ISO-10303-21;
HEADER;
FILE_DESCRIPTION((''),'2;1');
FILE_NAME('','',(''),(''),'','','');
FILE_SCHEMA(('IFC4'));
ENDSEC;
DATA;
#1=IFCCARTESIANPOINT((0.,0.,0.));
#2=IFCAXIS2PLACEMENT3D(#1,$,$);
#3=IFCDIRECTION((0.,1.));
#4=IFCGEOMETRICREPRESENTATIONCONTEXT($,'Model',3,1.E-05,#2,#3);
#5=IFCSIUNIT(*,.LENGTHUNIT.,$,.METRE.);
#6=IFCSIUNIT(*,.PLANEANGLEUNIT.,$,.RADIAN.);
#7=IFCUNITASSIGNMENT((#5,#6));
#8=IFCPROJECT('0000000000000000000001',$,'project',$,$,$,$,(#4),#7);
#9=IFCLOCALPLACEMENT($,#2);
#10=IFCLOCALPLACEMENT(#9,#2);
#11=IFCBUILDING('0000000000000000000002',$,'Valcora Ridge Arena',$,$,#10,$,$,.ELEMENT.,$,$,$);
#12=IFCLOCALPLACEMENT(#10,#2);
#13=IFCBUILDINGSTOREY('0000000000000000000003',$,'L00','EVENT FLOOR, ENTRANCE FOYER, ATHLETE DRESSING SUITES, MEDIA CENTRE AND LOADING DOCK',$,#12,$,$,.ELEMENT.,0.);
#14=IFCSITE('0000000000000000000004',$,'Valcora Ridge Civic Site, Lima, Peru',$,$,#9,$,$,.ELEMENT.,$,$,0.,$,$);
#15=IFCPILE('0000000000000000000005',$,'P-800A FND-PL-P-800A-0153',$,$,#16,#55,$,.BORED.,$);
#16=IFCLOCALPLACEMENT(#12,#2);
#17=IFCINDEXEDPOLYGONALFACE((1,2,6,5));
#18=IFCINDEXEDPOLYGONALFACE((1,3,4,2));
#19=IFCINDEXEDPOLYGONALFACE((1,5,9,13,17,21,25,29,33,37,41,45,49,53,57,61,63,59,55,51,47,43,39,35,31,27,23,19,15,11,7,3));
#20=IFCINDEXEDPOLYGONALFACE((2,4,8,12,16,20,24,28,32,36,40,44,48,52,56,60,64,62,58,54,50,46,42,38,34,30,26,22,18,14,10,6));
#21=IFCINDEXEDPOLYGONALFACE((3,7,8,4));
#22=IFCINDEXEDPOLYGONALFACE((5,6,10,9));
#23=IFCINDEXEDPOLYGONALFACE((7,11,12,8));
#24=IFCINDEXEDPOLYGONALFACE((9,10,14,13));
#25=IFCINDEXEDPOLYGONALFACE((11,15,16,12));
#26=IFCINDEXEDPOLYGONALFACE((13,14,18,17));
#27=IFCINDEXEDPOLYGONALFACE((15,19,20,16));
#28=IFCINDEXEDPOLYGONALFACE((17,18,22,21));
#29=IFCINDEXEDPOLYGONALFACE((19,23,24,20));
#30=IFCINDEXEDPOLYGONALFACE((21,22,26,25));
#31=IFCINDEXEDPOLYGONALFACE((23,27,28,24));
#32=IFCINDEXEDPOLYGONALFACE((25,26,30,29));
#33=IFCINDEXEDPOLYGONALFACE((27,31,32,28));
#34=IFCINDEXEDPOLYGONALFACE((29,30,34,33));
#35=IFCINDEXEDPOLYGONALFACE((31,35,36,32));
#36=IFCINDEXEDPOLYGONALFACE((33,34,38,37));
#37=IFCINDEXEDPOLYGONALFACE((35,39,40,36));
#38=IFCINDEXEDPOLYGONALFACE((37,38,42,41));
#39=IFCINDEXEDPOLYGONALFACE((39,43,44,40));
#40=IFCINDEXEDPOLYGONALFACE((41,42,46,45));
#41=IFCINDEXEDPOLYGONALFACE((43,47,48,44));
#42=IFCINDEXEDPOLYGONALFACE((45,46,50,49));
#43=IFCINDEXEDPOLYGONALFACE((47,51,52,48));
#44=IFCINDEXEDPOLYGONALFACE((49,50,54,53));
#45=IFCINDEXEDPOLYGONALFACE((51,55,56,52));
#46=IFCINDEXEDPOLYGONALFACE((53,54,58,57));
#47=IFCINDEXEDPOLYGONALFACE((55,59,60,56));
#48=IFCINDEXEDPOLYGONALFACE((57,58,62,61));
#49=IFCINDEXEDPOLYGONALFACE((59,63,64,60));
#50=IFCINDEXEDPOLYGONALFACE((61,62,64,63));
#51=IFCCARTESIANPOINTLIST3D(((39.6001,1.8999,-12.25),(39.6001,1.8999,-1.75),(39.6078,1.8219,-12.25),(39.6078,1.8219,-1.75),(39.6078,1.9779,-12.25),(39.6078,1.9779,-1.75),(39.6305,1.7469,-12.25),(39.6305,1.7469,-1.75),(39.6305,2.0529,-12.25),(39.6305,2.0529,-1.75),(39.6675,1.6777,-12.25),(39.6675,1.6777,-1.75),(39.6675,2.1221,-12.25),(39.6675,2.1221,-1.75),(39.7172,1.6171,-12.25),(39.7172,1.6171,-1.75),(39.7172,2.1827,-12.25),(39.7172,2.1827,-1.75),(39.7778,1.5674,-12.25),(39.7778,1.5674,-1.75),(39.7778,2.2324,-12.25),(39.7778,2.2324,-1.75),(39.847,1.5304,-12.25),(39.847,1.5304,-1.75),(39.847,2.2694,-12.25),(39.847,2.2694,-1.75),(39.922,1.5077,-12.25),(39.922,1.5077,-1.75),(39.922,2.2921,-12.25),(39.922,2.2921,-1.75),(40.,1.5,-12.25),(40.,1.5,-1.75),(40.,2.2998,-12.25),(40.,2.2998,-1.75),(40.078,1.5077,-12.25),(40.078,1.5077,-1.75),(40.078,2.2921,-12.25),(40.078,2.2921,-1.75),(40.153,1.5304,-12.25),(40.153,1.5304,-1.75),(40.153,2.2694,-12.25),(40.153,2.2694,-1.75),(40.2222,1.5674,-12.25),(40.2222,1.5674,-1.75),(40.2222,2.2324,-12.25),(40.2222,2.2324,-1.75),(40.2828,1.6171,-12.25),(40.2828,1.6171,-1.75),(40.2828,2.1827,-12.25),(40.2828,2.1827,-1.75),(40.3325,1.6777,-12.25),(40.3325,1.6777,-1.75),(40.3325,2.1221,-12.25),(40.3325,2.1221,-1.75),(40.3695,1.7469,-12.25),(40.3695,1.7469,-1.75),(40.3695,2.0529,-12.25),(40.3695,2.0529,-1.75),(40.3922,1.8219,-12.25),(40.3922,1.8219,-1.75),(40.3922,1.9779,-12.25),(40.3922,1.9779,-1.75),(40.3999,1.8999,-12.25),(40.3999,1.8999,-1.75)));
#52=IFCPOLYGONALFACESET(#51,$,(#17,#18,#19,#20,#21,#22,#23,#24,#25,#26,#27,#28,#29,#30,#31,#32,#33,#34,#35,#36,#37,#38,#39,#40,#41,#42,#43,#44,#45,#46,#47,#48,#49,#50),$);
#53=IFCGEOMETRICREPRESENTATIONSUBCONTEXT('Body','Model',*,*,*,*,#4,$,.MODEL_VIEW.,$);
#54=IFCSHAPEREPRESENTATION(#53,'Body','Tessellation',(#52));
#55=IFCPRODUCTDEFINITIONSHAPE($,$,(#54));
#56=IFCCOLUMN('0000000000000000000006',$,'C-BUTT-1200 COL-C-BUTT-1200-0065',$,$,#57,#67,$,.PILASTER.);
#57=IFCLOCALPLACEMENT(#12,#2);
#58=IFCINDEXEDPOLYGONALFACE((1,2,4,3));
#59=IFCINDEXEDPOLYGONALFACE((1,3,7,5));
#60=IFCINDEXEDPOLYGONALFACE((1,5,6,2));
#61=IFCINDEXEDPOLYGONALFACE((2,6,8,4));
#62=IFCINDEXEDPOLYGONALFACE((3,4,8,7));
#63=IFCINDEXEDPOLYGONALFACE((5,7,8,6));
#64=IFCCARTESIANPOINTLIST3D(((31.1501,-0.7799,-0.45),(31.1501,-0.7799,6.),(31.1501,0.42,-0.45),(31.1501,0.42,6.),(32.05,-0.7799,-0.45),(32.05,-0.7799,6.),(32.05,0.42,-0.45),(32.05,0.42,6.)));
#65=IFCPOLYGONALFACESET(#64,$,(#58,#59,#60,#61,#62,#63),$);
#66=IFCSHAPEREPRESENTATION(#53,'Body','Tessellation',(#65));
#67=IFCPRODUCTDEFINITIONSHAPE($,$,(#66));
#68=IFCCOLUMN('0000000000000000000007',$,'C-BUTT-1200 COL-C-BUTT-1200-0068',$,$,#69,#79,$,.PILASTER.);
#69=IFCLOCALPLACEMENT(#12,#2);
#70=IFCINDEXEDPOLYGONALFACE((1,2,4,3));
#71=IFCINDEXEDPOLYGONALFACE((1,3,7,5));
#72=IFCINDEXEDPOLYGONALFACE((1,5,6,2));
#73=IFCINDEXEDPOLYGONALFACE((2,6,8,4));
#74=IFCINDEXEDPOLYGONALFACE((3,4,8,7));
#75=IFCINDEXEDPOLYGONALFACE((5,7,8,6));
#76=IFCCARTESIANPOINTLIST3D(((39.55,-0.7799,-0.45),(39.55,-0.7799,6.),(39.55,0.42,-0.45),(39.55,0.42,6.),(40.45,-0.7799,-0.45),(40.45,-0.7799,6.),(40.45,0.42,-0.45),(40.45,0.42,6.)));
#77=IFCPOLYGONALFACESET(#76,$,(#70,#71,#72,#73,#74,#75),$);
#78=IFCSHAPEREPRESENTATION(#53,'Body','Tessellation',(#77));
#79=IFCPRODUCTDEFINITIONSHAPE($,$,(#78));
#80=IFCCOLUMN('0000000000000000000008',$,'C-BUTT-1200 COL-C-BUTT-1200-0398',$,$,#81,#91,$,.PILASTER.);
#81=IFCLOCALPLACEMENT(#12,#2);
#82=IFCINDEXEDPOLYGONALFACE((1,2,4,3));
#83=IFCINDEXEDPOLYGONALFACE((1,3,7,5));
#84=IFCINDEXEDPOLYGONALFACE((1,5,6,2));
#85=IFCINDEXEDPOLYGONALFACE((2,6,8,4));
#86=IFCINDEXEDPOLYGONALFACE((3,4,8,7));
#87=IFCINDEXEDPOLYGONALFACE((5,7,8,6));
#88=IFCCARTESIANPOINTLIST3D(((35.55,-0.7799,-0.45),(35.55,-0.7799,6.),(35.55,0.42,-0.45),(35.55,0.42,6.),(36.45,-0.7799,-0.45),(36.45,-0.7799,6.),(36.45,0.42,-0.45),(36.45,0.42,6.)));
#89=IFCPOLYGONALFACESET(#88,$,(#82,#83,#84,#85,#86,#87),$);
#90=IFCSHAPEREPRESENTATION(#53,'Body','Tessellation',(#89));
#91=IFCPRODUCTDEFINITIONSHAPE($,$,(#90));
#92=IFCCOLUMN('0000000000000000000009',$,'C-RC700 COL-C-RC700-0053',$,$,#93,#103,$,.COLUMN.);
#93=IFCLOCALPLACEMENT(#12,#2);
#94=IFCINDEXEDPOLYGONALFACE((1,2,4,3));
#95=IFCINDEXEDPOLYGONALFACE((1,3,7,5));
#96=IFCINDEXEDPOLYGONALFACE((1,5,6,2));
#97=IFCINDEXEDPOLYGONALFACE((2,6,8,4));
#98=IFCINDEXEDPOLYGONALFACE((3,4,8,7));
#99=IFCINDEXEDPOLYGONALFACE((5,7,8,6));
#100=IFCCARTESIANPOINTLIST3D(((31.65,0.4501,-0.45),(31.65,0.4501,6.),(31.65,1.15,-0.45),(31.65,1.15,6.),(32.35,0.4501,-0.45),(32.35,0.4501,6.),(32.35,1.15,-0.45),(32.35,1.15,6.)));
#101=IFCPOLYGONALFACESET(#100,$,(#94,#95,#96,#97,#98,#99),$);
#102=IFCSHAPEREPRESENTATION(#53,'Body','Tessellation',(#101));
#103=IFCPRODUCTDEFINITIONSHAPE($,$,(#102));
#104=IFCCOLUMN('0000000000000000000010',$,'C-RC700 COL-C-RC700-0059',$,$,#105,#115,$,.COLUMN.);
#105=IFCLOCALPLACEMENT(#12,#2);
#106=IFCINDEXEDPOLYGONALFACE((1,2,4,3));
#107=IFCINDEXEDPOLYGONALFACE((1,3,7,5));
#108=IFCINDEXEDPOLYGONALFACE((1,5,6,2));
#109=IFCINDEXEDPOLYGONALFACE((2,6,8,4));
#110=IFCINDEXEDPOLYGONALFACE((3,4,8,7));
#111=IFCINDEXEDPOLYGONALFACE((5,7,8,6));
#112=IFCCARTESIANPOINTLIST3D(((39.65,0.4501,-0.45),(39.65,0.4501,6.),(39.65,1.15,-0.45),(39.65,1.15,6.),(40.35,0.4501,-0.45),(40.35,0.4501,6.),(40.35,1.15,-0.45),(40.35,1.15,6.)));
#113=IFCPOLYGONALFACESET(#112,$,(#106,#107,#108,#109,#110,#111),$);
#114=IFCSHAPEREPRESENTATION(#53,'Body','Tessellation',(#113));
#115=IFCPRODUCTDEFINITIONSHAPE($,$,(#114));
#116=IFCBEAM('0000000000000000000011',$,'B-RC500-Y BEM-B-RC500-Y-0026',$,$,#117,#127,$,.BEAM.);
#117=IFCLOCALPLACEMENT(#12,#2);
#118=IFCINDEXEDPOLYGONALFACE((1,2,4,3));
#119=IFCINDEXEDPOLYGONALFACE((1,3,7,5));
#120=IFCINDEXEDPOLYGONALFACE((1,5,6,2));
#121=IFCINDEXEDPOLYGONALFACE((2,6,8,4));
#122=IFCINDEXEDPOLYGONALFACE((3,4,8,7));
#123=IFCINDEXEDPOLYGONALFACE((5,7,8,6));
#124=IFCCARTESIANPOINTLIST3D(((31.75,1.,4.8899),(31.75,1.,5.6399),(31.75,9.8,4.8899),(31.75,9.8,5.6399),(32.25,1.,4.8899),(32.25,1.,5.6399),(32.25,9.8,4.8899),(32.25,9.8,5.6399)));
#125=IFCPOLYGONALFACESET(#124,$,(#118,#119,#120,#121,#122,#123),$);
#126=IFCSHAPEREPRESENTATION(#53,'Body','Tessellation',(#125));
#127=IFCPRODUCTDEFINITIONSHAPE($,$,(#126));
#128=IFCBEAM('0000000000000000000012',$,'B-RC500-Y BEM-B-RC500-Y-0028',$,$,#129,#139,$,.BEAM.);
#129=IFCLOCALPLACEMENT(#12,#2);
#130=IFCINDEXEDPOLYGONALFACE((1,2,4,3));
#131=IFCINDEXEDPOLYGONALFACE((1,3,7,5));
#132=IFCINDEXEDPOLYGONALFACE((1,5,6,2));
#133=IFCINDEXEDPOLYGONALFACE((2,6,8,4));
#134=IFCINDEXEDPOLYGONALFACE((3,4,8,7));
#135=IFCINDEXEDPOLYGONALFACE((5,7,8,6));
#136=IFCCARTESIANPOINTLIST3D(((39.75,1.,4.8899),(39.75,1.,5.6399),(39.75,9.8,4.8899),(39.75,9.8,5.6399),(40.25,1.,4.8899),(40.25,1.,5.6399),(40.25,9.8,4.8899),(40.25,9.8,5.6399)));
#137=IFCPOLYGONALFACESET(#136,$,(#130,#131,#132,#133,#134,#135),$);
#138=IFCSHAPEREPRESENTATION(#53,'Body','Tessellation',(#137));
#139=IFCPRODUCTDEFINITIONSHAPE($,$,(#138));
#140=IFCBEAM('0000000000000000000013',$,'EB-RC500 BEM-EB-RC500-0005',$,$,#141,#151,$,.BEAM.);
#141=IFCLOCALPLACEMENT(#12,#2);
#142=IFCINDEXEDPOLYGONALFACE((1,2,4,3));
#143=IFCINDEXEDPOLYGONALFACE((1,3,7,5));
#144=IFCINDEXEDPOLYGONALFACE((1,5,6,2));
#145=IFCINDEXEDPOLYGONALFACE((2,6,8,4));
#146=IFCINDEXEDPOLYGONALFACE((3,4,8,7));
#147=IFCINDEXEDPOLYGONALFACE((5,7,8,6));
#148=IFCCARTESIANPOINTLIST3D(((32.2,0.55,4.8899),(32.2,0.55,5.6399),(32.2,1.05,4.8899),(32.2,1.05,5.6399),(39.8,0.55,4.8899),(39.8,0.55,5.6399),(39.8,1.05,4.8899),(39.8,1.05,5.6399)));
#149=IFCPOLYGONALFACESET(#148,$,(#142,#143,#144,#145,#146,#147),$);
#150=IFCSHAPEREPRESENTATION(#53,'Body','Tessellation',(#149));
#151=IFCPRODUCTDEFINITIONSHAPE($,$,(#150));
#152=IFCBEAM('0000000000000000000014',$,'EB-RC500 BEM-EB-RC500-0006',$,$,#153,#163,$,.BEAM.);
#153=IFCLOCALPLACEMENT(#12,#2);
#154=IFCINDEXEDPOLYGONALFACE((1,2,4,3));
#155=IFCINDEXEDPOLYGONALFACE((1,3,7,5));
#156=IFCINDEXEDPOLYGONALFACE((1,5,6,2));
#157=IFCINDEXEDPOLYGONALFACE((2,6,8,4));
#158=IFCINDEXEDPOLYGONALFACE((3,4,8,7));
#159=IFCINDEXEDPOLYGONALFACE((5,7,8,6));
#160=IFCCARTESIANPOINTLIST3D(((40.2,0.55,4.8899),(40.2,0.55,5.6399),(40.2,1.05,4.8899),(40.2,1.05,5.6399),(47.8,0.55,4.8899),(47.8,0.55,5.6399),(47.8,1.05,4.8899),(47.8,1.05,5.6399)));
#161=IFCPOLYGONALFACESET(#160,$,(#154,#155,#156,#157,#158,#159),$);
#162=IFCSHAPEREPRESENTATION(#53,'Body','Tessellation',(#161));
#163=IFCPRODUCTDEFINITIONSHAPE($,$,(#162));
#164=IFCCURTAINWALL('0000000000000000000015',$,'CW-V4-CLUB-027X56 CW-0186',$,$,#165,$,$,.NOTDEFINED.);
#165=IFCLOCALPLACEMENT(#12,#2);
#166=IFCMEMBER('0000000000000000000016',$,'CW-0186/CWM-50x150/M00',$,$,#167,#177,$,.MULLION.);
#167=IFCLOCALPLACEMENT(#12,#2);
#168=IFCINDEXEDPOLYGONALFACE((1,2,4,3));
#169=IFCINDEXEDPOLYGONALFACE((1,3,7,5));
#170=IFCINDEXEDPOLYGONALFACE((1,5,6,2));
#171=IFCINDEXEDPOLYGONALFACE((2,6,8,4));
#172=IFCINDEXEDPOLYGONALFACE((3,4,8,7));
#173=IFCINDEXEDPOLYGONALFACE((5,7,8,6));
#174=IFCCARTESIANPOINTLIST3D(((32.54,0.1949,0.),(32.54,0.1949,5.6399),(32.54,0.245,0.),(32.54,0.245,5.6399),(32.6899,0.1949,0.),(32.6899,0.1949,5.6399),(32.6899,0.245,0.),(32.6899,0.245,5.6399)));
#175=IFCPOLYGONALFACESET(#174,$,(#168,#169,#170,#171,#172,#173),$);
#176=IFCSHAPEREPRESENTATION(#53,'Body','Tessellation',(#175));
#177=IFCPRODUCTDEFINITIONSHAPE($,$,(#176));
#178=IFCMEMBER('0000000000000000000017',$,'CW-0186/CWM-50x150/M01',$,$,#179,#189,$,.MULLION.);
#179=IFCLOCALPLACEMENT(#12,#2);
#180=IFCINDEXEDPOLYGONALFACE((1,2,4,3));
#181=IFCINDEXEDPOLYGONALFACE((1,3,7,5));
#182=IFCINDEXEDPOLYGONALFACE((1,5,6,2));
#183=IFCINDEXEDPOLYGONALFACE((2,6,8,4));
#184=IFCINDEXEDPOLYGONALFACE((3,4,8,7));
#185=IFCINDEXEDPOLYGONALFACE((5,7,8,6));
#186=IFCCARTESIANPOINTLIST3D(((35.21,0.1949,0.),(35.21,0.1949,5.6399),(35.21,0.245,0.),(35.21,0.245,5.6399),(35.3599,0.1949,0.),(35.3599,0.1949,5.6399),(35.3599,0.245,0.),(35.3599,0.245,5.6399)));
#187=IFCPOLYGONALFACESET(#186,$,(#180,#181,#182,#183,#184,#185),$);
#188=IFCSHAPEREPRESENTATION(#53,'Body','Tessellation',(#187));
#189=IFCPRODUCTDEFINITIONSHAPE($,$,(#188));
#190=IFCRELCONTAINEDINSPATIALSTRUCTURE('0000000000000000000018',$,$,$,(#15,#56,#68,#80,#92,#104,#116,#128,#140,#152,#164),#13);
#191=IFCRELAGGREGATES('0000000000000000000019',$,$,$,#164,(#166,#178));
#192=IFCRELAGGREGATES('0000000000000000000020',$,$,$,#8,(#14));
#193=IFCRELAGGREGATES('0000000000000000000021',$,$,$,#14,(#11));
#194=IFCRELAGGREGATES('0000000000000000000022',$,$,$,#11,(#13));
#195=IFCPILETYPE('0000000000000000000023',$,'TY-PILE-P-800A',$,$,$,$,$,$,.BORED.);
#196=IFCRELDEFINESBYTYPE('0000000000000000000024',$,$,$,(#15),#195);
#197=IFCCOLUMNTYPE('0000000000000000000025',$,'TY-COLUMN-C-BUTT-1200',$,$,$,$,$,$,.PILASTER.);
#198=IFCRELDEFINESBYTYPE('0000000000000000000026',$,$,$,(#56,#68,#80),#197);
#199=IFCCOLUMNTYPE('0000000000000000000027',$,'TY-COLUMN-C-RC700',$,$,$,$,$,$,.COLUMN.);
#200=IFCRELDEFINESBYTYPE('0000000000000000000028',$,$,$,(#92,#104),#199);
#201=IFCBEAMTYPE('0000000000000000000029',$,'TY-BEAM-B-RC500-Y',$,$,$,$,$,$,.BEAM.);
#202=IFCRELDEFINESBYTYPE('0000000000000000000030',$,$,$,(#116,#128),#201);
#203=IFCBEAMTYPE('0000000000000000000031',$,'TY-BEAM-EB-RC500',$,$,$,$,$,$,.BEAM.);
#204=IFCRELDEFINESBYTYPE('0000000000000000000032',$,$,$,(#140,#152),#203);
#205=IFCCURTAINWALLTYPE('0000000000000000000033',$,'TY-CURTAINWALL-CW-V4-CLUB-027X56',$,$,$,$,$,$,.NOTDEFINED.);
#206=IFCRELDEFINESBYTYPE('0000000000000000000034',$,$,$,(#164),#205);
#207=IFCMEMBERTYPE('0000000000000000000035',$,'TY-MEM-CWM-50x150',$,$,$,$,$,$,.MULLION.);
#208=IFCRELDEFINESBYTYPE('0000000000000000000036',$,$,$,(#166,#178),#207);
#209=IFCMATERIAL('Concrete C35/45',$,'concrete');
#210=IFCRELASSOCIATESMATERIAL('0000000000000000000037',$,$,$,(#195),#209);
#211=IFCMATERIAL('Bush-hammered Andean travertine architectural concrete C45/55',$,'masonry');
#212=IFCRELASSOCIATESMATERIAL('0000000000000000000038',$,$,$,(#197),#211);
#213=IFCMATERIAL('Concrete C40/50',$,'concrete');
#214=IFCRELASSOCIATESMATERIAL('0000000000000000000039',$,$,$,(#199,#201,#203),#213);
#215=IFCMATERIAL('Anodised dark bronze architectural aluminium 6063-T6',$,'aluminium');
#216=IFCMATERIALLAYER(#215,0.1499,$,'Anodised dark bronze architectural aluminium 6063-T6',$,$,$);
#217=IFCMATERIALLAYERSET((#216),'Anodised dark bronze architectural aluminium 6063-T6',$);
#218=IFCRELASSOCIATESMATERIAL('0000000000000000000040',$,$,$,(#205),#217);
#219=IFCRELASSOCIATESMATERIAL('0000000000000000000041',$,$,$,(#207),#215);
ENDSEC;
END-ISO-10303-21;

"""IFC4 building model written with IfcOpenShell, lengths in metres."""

from ifc_helpers import new_model, si_unit, direction, frame, origin, origin_2d, place, context, subcontext, project, spatial, rectangle, circle, extrude, material, layer, layer_set, material_profile, profile_set, type_object, element, aggregate, save


model = new_model("IFC4")

# Units and contexts
model_context = context("Model", 3, precision=1e-05, world=origin(), true_north=direction((0.0, 1.0)))
body_context = subcontext(model_context, "Body", "Model", "MODEL_VIEW")
ifc_project = project(units=[si_unit("LENGTHUNIT", "METRE"), si_unit("PLANEANGLEUNIT", "RADIAN")], contexts=[model_context])

# Site, building, storey
site_placement = place(None, origin())
site = spatial("IfcSite", under=ifc_project, at=site_placement, Name="Valcora Ridge Civic Site, Lima, Peru", CompositionType="ELEMENT", RefElevation=0.0)
building_placement = place(site_placement, origin())
building = spatial("IfcBuilding", under=site, at=building_placement, Name="Valcora Ridge Arena", CompositionType="ELEMENT")
storey_placement = place(building_placement, origin())
storey = spatial("IfcBuildingStorey", under=building, at=storey_placement, Name="L00", Description="EVENT FLOOR, ENTRANCE FOYER, ATHLETE DRESSING SUITES, MEDIA CENTRE AND LOADING DOCK", CompositionType="ELEMENT", Elevation=0.0)

# Shared definitions
ifc_material_1 = material(Name="Concrete C40/50", Category="concrete")

# Pile
ifc_material_2 = material(Name="Concrete C35/45", Category="concrete")
ifc_material_profile_1 = material_profile(ifc_material_2, circle(Radius=0.3999, at=origin_2d()), Name="BORED PILE D800")
ifc_profile_set_1 = profile_set([ifc_material_profile_1], Name="Concrete C35/45")
pile_type = type_object("IfcPileType", Name="TY-PILE-P-800A", PredefinedType="BORED", material=ifc_profile_set_1)
for number, where, z_axis, x_axis, name in (
    (1, (40.0, 1.8999, -1.75), (0.0, 0.0, -1.0), (1.0, 0.0, 0.0), "P-800A FND-PL-P-800A-0153"),
):
    element("IfcPile", number, at=place(storey_placement, frame(where, z_axis=z_axis, x_axis=x_axis)), inside=storey, type_object=pile_type, Name=name, PredefinedType="BORED", context=body_context, shape_type="SweptSolid", body=[
        extrude(circle(Radius=0.3999, at=origin_2d()), origin(), (0.0, 0.0, 1.0), 10.5),
    ])

# Columns
ifc_material_3 = material(Name="Bush-hammered Andean travertine architectural concrete C45/55", Category="masonry")
ifc_material_profile_2 = material_profile(ifc_material_3, rectangle(XDim=0.8999, YDim=1.2, at=origin_2d()), Name="RC 900x1200")
ifc_profile_set_2 = profile_set([ifc_material_profile_2], Name="Bush-hammered Andean travertine architectural concrete C45/55")
column_type_1 = type_object("IfcColumnType", Name="TY-COLUMN-C-BUTT-1200", PredefinedType="PILASTER", material=ifc_profile_set_2)
for number, where, z_axis, x_axis, name in (
    (2, (31.6001, -0.1799, -0.45), (0.0, 0.0, 1.0), (1.0, 0.0, 0.0), "C-BUTT-1200 COL-C-BUTT-1200-0065"),
    (3, (40.0, -0.1799, -0.45), (0.0, 0.0, 1.0), (1.0, 0.0, 0.0), "C-BUTT-1200 COL-C-BUTT-1200-0068"),
    (4, (36.0, -0.1799, -0.45), (0.0, 0.0, 1.0), (1.0, 0.0, 0.0), "C-BUTT-1200 COL-C-BUTT-1200-0398"),
):
    element("IfcColumn", number, at=place(storey_placement, frame(where, z_axis=z_axis, x_axis=x_axis)), inside=storey, type_object=column_type_1, Name=name, PredefinedType="PILASTER", context=body_context, shape_type="SweptSolid", body=[
        extrude(rectangle(XDim=0.8999, YDim=1.2, at=origin_2d()), origin(), (0.0, 0.0, 1.0), 6.45),
    ])
ifc_material_profile_3 = material_profile(ifc_material_1, rectangle(XDim=0.7, YDim=0.7, at=origin_2d()), Name="RC 700x700")
ifc_profile_set_3 = profile_set([ifc_material_profile_3], Name="Concrete C40/50")
column_type_2 = type_object("IfcColumnType", Name="TY-COLUMN-C-RC700", PredefinedType="COLUMN", material=ifc_profile_set_3)
for number, where, z_axis, x_axis, name in (
    (5, (32.0, 0.8, -0.45), (0.0, 0.0, 1.0), (1.0, 0.0, 0.0), "C-RC700 COL-C-RC700-0053"),
    (6, (40.0, 0.8, -0.45), (0.0, 0.0, 1.0), (1.0, 0.0, 0.0), "C-RC700 COL-C-RC700-0059"),
):
    element("IfcColumn", number, at=place(storey_placement, frame(where, z_axis=z_axis, x_axis=x_axis)), inside=storey, type_object=column_type_2, Name=name, PredefinedType="COLUMN", context=body_context, shape_type="SweptSolid", body=[
        extrude(rectangle(XDim=0.7, YDim=0.7, at=origin_2d()), origin(), (0.0, 0.0, 1.0), 6.45),
    ])

# Beams
ifc_material_profile_4 = material_profile(ifc_material_1, rectangle(XDim=0.5, YDim=0.75, at=origin_2d()), Name="RC 500x750")
ifc_profile_set_4 = profile_set([ifc_material_profile_4], Name="Concrete C40/50")
beam_type_1 = type_object("IfcBeamType", Name="TY-BEAM-B-RC500-Y", PredefinedType="BEAM", material=ifc_profile_set_4)
for number, where, z_axis, x_axis, name in (
    (7, (32.0, 1.0, 5.2649), (0.0, 1.0, 0.0), (-1.0, 0.0, 0.0), "B-RC500-Y BEM-B-RC500-Y-0026"),
    (8, (40.0, 1.0, 5.2649), (0.0, 1.0, 0.0), (-1.0, 0.0, 0.0), "B-RC500-Y BEM-B-RC500-Y-0028"),
):
    element("IfcBeam", number, at=place(storey_placement, frame(where, z_axis=z_axis, x_axis=x_axis)), inside=storey, type_object=beam_type_1, Name=name, PredefinedType="BEAM", context=body_context, shape_type="SweptSolid", body=[
        extrude(rectangle(XDim=0.5, YDim=0.75, at=origin_2d()), origin(), (0.0, 0.0, 1.0), 8.8),
    ])
ifc_material_profile_5 = material_profile(ifc_material_1, rectangle(XDim=0.5, YDim=0.75, at=origin_2d()), Name="RC 500x750")
ifc_profile_set_5 = profile_set([ifc_material_profile_5], Name="Concrete C40/50")
beam_type_2 = type_object("IfcBeamType", Name="TY-BEAM-EB-RC500", PredefinedType="BEAM", material=ifc_profile_set_5)
for number, where, z_axis, x_axis, name in (
    (9, (32.2, 0.8, 5.2649), (1.0, 0.0, 0.0), (0.0, 1.0, 0.0), "EB-RC500 BEM-EB-RC500-0005"),
    (10, (40.2, 0.8, 5.2649), (1.0, 0.0, 0.0), (0.0, 1.0, 0.0), "EB-RC500 BEM-EB-RC500-0006"),
):
    element("IfcBeam", number, at=place(storey_placement, frame(where, z_axis=z_axis, x_axis=x_axis)), inside=storey, type_object=beam_type_2, Name=name, PredefinedType="BEAM", context=body_context, shape_type="SweptSolid", body=[
        extrude(rectangle(XDim=0.5, YDim=0.75, at=origin_2d()), origin(), (0.0, 0.0, 1.0), 7.6001),
    ])

# Curtain wall, members
ifc_material_4 = material(Name="Anodised dark bronze architectural aluminium 6063-T6", Category="aluminium")
ifc_layer_1 = layer(ifc_material_4, 0.1499, Name="Anodised dark bronze architectural aluminium 6063-T6")
ifc_layer_set_1 = layer_set([ifc_layer_1], Name="Anodised dark bronze architectural aluminium 6063-T6")
curtain_wall_type_1 = type_object("IfcCurtainWallType", Name="TY-CURTAINWALL-CW-V4-CLUB-027X56", PredefinedType="NOTDEFINED", material=ifc_layer_set_1)
curtain_wall_1_placement = place(storey_placement, origin())
curtain_wall_1 = element("IfcCurtainWall", 11, at=curtain_wall_1_placement, inside=storey, type_object=curtain_wall_type_1, Name="CW-V4-CLUB-027X56 CW-0186", PredefinedType="NOTDEFINED")
ifc_material_profile_6 = material_profile(ifc_material_4, rectangle(XDim=0.05, YDim=0.1499, at=origin_2d()), Name="ALU MULLION 50x150")
ifc_profile_set_6 = profile_set([ifc_material_profile_6], Name="Anodised dark bronze architectural aluminium 6063-T6")
member_type_1 = type_object("IfcMemberType", Name="TY-MEM-CWM-50x150", PredefinedType="MULLION", material=ifc_profile_set_6)
member_1_placement = place(storey_placement, frame((32.615, 0.22, 0.0), z_axis=(0.0, 0.0, 1.0), x_axis=(0.0, 1.0, 0.0)))
member_1 = element("IfcMember", 12, at=member_1_placement, type_object=member_type_1, Name="CW-0186/CWM-50x150/M00", PredefinedType="MULLION", context=body_context, shape_type="SweptSolid", body=[
    extrude(rectangle(XDim=0.05, YDim=0.1499, at=origin_2d()), origin(), (0.0, 0.0, 1.0), 5.6399),
])
member_2_placement = place(storey_placement, frame((35.2849, 0.22, 0.0), z_axis=(0.0, 0.0, 1.0), x_axis=(0.0, 1.0, 0.0)))
member_2 = element("IfcMember", 13, at=member_2_placement, type_object=member_type_1, Name="CW-0186/CWM-50x150/M01", PredefinedType="MULLION", context=body_context, shape_type="SweptSolid", body=[
    extrude(rectangle(XDim=0.05, YDim=0.1499, at=origin_2d()), origin(), (0.0, 0.0, 1.0), 5.6399),
])

aggregate(curtain_wall_1, [member_1, member_2])

save(model, "model.ifc")
